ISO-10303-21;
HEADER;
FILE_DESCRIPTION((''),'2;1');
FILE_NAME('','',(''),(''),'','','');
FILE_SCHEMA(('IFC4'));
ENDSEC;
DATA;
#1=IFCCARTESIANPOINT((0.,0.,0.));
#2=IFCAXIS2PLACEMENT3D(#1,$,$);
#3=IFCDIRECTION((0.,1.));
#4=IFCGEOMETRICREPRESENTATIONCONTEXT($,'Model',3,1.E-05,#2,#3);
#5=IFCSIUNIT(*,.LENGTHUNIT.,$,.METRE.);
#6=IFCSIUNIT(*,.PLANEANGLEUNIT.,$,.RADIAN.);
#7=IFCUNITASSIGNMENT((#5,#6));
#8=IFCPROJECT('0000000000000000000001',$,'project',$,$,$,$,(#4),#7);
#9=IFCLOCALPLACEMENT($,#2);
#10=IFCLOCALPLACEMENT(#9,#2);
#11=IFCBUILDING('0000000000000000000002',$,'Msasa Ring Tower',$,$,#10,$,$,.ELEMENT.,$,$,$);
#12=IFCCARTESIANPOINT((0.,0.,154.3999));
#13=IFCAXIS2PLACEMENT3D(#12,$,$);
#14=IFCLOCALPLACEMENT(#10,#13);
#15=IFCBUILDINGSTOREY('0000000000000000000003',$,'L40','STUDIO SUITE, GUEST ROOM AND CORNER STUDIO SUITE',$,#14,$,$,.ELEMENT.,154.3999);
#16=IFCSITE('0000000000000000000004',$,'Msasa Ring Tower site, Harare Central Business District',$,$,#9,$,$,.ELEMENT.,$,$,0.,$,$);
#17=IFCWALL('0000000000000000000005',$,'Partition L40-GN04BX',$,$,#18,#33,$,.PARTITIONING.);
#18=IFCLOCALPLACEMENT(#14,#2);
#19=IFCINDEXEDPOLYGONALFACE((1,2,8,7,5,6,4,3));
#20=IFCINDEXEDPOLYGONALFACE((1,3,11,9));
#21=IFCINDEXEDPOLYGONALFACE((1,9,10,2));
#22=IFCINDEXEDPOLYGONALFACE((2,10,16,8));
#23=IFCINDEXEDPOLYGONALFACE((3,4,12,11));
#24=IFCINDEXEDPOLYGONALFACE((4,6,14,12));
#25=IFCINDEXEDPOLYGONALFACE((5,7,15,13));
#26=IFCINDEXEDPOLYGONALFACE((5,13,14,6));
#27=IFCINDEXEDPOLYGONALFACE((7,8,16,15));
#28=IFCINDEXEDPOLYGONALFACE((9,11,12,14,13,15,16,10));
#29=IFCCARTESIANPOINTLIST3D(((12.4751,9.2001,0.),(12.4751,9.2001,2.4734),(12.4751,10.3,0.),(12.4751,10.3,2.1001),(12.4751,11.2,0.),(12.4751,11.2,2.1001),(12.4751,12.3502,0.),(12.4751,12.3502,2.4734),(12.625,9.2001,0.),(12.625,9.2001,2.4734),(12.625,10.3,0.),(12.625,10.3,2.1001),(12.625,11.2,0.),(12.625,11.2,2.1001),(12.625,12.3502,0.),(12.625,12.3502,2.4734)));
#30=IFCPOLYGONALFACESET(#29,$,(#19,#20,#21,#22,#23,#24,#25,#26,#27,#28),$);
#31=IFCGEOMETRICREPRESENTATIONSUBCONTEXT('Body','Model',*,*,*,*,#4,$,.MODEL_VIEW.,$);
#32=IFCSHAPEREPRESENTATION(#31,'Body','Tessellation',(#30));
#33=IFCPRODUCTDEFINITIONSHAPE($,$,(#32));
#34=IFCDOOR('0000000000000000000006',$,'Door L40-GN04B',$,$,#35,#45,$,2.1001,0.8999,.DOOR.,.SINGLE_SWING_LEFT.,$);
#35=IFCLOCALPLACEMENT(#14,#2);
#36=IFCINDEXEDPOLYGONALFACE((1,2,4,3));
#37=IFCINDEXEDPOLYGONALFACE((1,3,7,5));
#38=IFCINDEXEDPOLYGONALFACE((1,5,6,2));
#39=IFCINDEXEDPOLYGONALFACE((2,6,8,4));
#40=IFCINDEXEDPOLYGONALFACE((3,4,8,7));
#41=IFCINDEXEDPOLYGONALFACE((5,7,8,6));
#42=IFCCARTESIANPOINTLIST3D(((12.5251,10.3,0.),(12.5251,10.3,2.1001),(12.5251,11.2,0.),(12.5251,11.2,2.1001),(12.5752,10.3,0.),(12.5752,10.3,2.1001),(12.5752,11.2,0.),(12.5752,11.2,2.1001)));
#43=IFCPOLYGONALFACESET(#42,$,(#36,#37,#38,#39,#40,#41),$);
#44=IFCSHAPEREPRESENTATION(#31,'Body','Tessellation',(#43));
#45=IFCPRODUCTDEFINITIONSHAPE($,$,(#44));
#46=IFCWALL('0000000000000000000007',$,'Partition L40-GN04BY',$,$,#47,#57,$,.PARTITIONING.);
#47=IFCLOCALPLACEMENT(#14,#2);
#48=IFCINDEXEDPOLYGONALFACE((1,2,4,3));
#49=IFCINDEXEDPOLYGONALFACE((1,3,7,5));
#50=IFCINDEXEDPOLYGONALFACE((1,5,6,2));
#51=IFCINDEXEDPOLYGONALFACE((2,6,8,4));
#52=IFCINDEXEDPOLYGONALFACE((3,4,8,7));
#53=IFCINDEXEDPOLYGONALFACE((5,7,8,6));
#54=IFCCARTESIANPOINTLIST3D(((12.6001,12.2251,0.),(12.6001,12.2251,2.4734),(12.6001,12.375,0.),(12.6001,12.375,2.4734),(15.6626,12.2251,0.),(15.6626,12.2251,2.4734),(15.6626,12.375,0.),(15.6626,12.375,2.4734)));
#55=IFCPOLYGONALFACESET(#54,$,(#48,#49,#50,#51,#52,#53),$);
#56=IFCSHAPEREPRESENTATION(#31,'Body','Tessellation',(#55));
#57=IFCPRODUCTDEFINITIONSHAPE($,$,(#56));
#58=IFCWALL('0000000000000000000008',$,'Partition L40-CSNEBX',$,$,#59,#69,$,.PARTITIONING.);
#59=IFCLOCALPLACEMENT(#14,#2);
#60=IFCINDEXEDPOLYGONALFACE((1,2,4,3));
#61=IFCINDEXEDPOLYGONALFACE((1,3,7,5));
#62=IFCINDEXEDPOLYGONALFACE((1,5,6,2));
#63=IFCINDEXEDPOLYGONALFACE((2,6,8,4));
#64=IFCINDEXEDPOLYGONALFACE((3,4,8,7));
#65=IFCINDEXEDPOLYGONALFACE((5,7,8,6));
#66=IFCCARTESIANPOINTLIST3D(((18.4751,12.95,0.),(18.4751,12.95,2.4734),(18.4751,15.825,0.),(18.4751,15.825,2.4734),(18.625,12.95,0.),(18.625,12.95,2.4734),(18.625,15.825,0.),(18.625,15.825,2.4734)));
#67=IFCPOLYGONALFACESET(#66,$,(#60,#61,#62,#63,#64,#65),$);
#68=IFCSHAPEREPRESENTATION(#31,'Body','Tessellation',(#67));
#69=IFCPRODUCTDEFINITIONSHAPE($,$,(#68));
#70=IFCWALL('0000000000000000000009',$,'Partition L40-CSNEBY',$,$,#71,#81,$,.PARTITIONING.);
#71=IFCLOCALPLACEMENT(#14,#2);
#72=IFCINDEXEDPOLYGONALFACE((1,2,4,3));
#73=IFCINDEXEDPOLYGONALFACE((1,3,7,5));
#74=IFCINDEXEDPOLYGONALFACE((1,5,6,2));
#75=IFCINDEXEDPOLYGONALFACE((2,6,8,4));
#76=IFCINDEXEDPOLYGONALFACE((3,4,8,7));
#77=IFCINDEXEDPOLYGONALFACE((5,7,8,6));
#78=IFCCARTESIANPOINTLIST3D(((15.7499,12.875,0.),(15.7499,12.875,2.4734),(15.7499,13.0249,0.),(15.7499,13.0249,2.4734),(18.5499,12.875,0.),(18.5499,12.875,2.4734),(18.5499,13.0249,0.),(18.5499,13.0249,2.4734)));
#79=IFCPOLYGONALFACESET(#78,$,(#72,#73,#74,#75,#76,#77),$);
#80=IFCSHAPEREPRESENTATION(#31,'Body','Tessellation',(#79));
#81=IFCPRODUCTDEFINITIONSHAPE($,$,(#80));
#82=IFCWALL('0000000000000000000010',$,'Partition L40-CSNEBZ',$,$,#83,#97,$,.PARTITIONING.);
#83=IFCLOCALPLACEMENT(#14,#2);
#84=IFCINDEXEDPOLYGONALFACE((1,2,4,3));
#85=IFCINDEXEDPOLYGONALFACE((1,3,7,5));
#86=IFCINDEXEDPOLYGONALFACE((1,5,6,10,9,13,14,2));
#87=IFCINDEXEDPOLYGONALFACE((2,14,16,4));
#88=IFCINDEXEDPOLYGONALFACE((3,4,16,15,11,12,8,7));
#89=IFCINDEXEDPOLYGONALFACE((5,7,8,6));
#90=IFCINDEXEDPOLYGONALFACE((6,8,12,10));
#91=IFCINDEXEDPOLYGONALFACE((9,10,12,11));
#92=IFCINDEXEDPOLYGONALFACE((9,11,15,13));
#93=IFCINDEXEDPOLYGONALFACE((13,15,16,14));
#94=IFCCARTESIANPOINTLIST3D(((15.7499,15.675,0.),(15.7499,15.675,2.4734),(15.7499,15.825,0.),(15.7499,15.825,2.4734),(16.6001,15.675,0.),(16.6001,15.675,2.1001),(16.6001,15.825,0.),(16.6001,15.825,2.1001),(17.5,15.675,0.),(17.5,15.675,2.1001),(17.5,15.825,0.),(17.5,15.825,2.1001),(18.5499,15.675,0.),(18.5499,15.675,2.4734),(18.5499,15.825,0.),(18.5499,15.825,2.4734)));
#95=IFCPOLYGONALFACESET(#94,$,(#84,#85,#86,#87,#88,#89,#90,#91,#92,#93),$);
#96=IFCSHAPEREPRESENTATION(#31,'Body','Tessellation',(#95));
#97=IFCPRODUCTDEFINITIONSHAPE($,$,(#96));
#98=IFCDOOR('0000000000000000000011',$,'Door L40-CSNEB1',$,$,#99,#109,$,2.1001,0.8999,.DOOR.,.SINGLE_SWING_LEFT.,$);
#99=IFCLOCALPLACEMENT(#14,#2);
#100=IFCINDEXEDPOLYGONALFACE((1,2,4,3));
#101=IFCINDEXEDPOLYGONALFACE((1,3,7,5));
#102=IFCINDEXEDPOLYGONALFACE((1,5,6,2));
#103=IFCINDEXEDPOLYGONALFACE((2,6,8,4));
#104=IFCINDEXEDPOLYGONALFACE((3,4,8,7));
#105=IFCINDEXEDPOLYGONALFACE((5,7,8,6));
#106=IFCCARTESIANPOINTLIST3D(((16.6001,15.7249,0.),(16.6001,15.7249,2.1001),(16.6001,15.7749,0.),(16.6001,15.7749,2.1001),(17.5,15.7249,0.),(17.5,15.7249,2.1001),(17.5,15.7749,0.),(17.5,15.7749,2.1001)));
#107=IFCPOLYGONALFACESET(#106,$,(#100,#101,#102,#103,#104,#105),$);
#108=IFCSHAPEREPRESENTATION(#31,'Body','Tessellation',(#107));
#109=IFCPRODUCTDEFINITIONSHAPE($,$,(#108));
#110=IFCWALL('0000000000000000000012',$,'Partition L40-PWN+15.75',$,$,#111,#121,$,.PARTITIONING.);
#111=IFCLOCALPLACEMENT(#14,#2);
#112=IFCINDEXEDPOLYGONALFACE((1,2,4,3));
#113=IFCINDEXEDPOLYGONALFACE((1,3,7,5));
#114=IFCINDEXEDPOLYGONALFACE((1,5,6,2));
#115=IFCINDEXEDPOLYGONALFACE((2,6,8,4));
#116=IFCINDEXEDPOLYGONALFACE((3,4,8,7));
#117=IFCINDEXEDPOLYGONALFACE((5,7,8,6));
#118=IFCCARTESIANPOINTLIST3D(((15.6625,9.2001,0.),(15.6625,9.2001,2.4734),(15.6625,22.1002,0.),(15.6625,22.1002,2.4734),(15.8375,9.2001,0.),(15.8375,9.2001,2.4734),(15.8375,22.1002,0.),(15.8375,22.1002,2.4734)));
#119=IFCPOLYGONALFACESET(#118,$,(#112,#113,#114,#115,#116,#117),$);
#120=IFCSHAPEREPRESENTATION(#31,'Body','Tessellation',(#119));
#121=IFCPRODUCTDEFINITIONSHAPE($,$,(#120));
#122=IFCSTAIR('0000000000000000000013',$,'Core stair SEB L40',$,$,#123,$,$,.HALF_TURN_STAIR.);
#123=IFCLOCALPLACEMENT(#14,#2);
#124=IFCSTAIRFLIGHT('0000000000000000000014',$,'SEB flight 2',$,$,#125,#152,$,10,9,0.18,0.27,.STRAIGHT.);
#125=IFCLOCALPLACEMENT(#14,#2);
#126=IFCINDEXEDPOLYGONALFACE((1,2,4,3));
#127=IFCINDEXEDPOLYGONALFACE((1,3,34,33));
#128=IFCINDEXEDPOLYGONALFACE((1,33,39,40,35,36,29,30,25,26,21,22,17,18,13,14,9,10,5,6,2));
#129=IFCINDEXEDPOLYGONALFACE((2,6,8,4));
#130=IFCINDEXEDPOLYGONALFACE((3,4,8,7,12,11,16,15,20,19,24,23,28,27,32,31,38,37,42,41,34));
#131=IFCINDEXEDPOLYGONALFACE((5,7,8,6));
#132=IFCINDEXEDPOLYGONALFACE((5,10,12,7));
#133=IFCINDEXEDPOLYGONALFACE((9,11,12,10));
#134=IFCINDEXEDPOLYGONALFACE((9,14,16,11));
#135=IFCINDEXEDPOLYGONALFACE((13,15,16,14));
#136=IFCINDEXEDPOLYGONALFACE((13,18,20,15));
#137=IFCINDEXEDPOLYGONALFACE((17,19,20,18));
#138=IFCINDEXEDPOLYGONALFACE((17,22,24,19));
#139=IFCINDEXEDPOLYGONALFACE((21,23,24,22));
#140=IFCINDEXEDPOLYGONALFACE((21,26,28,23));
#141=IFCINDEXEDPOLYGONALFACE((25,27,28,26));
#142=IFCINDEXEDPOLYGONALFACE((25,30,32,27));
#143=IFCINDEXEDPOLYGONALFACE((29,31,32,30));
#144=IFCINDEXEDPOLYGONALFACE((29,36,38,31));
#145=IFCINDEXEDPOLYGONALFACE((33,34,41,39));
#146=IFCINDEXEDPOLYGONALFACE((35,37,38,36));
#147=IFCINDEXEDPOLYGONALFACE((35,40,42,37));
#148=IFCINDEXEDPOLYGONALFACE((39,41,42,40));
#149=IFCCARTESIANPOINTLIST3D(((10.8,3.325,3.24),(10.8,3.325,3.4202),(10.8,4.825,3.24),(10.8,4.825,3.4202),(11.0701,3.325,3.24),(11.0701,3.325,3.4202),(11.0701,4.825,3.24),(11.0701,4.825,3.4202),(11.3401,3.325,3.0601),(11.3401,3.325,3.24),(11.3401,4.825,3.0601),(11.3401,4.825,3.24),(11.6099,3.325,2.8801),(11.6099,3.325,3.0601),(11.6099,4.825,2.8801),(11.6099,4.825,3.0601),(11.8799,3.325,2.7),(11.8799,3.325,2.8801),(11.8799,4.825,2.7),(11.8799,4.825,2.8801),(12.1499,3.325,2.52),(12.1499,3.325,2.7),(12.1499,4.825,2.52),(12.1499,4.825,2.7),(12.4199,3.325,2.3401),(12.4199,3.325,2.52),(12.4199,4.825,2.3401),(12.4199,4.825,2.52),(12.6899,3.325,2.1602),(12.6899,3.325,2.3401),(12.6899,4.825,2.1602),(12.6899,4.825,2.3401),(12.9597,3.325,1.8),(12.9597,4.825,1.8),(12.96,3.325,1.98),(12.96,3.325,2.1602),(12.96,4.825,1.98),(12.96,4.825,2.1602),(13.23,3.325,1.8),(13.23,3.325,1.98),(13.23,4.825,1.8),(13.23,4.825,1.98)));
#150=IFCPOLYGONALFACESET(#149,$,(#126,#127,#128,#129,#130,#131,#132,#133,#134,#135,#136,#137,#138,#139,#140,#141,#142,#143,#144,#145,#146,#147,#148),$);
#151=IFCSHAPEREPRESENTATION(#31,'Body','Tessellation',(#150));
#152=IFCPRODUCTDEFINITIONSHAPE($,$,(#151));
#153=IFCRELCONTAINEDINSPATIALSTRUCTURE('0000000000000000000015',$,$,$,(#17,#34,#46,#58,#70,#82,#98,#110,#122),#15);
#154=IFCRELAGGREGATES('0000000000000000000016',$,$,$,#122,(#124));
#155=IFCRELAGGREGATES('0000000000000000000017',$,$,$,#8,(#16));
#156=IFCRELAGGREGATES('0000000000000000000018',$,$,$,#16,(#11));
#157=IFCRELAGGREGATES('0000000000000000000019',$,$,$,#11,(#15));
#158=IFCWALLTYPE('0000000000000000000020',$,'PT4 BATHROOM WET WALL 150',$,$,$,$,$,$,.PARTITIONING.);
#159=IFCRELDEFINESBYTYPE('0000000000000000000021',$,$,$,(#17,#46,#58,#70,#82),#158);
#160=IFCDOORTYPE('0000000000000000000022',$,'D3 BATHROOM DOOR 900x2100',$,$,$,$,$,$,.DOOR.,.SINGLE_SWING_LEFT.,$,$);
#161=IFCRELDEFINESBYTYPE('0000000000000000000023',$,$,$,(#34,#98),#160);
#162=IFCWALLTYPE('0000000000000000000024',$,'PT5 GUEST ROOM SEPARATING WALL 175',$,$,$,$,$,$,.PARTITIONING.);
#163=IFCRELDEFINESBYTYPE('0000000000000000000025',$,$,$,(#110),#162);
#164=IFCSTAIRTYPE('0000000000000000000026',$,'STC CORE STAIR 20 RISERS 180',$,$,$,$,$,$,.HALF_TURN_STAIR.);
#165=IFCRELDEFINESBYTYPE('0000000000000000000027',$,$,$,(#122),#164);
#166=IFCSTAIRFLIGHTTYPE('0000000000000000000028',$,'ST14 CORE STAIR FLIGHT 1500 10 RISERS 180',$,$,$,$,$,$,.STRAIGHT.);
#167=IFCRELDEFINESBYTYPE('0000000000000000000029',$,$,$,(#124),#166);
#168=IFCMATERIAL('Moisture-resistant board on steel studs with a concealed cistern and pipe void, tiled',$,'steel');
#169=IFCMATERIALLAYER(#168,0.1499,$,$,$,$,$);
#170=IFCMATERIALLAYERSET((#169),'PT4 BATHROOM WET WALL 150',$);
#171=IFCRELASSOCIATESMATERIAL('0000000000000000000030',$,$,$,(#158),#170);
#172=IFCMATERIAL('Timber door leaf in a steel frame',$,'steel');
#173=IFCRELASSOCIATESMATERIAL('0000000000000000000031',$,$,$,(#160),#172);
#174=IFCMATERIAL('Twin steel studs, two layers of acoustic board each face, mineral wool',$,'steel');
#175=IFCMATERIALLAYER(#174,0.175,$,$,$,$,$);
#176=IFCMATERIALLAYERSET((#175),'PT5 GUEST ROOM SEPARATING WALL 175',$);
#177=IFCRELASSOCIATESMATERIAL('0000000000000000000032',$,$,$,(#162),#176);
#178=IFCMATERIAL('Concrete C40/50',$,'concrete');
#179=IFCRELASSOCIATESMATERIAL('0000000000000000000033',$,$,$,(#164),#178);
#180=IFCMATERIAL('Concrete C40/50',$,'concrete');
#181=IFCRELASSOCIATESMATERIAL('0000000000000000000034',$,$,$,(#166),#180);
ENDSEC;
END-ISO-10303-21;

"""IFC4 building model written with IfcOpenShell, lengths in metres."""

from ifc_helpers import new_model, si_unit, direction, frame, frame_2d, origin, place, context, subcontext, project, spatial, polyline, rectangle, outline, extrude, material, layer, layer_set, type_object, element, fill, aggregate, save


model = new_model("IFC4")

# Units and contexts
model_context = context("Model", 3, precision=1e-05, world=origin(), true_north=direction((0.0, 1.0)))
body_context = subcontext(model_context, "Body", "Model", "MODEL_VIEW")
ifc_project = project(units=[si_unit("LENGTHUNIT", "METRE"), si_unit("PLANEANGLEUNIT", "RADIAN")], contexts=[model_context])

# Site, building, storey
site_placement = place(None, origin())
site = spatial("IfcSite", under=ifc_project, at=site_placement, Name="Msasa Ring Tower site, Harare Central Business District", CompositionType="ELEMENT", RefElevation=0.0)
building_placement = place(site_placement, origin())
building = spatial("IfcBuilding", under=site, at=building_placement, Name="Msasa Ring Tower", CompositionType="ELEMENT")
storey_placement = place(building_placement, frame((0.0, 0.0, 154.3999)))
storey = spatial("IfcBuildingStorey", under=building, at=storey_placement, Name="L40", Description="STUDIO SUITE, GUEST ROOM AND CORNER STUDIO SUITE", CompositionType="ELEMENT", Elevation=154.3999)

# Wall, opening, door
ifc_material_1 = material(Name="Moisture-resistant board on steel studs with a concealed cistern and pipe void, tiled", Category="steel")
ifc_layer_1 = layer(ifc_material_1, 0.1499)
ifc_layer_set_1 = layer_set([ifc_layer_1], Name="PT4 BATHROOM WET WALL 150")
wall_type_1 = type_object("IfcWallType", Name="PT4 BATHROOM WET WALL 150", PredefinedType="PARTITIONING", material=ifc_layer_set_1)
wall_1_placement = place(storey_placement, frame((12.55, 9.2, 0.0), z_axis=(0.0, 0.0, 1.0), x_axis=(0.0, 1.0, 0.0)))
wall_1 = element("IfcWall", 1, at=wall_1_placement, inside=storey, type_object=wall_type_1, Name="Partition L40-GN04BX", PredefinedType="PARTITIONING", context=body_context, shape_type="SweptSolid", body=[
    extrude(rectangle(XDim=3.1501, YDim=0.1499, at=frame_2d((1.5752, 0.0))), origin(), (0.0, 0.0, 1.0), 2.4734),
])
opening_1_placement = place(wall_1_placement, frame((1.1001, 0.0, 0.0)))
opening_1 = element("IfcOpeningElement", 2, at=opening_1_placement, cuts=wall_1, PredefinedType="OPENING", context=body_context, shape_type="SweptSolid", body=[
    extrude(rectangle(XDim=0.8999, YDim=2.1001, at=frame_2d((0.45, 1.05))), frame((0.0, 0.085, 0.0), z_axis=(0.0, -1.0, 0.0), x_axis=(1.0, 0.0, 0.0)), (0.0, 0.0, 1.0), 0.1699),
])
ifc_material_2 = material(Name="Timber door leaf in a steel frame", Category="steel")
door_type_1 = type_object("IfcDoorType", Name="D3 BATHROOM DOOR 900x2100", OperationType="SINGLE_SWING_LEFT", PredefinedType="DOOR", material=ifc_material_2)
door_1_placement = place(opening_1_placement, origin())
door_1 = element("IfcDoor", 3, at=door_1_placement, inside=storey, type_object=door_type_1, Name="Door L40-GN04B", OperationType="SINGLE_SWING_LEFT", OverallHeight=2.1001, OverallWidth=0.8999, PredefinedType="DOOR", context=body_context, shape_type="SweptSolid", body=[
    extrude(rectangle(XDim=0.8999, YDim=2.1001, at=frame_2d((0.45, 1.05))), frame((0.0, 0.0249, 0.0), z_axis=(0.0, -1.0, 0.0), x_axis=(1.0, 0.0, 0.0)), (0.0, 0.0, 1.0), 0.05),
])
fill(opening_1, door_1)

# Walls
wall_2_placement = place(storey_placement, frame((12.6001, 12.3, 0.0), z_axis=(0.0, 0.0, 1.0), x_axis=(1.0, 0.0, 0.0)))
element("IfcWall", 4, at=wall_2_placement, inside=storey, type_object=wall_type_1, Name="Partition L40-GN04BY", PredefinedType="PARTITIONING", context=body_context, shape_type="SweptSolid", body=[
    extrude(rectangle(XDim=3.0625, YDim=0.1499, at=frame_2d((1.5312, 0.0))), origin(), (0.0, 0.0, 1.0), 2.4734),
])
wall_3_placement = place(storey_placement, frame((18.55, 12.95, 0.0), z_axis=(0.0, 0.0, 1.0), x_axis=(0.0, 1.0, 0.0)))
element("IfcWall", 5, at=wall_3_placement, inside=storey, type_object=wall_type_1, Name="Partition L40-CSNEBX", PredefinedType="PARTITIONING", context=body_context, shape_type="SweptSolid", body=[
    extrude(rectangle(XDim=2.875, YDim=0.1499, at=frame_2d((1.4375, 0.0))), origin(), (0.0, 0.0, 1.0), 2.4734),
])
wall_4_placement = place(storey_placement, frame((15.75, 12.95, 0.0), z_axis=(0.0, 0.0, 1.0), x_axis=(1.0, 0.0, 0.0)))
element("IfcWall", 6, at=wall_4_placement, inside=storey, type_object=wall_type_1, Name="Partition L40-CSNEBY", PredefinedType="PARTITIONING", context=body_context, shape_type="SweptSolid", body=[
    extrude(rectangle(XDim=2.8, YDim=0.1499, at=frame_2d((1.3999, 0.0))), origin(), (0.0, 0.0, 1.0), 2.4734),
])

# Wall, opening, door
wall_5_placement = place(storey_placement, frame((15.75, 15.75, 0.0), z_axis=(0.0, 0.0, 1.0), x_axis=(1.0, 0.0, 0.0)))
wall_5 = element("IfcWall", 7, at=wall_5_placement, inside=storey, type_object=wall_type_1, Name="Partition L40-CSNEBZ", PredefinedType="PARTITIONING", context=body_context, shape_type="SweptSolid", body=[
    extrude(rectangle(XDim=2.8, YDim=0.1499, at=frame_2d((1.3999, 0.0))), origin(), (0.0, 0.0, 1.0), 2.4734),
])
opening_2_placement = place(wall_5_placement, frame((0.8501, 0.0, 0.0)))
opening_2 = element("IfcOpeningElement", 8, at=opening_2_placement, cuts=wall_5, PredefinedType="OPENING", context=body_context, shape_type="SweptSolid", body=[
    extrude(rectangle(XDim=0.8999, YDim=2.1001, at=frame_2d((0.45, 1.05))), frame((0.0, 0.085, 0.0), z_axis=(0.0, -1.0, 0.0), x_axis=(1.0, 0.0, 0.0)), (0.0, 0.0, 1.0), 0.1699),
])
door_2_placement = place(opening_2_placement, origin())
door_2 = element("IfcDoor", 9, at=door_2_placement, inside=storey, type_object=door_type_1, Name="Door L40-CSNEB1", OperationType="SINGLE_SWING_LEFT", OverallHeight=2.1001, OverallWidth=0.8999, PredefinedType="DOOR", context=body_context, shape_type="SweptSolid", body=[
    extrude(rectangle(XDim=0.8999, YDim=2.1001, at=frame_2d((0.45, 1.05))), frame((0.0, 0.0249, 0.0), z_axis=(0.0, -1.0, 0.0), x_axis=(1.0, 0.0, 0.0)), (0.0, 0.0, 1.0), 0.05),
])
fill(opening_2, door_2)

# Wall
ifc_material_3 = material(Name="Twin steel studs, two layers of acoustic board each face, mineral wool", Category="steel")
ifc_layer_2 = layer(ifc_material_3, 0.175)
ifc_layer_set_2 = layer_set([ifc_layer_2], Name="PT5 GUEST ROOM SEPARATING WALL 175")
wall_type_2 = type_object("IfcWallType", Name="PT5 GUEST ROOM SEPARATING WALL 175", PredefinedType="PARTITIONING", material=ifc_layer_set_2)
wall_6_placement = place(storey_placement, frame((15.75, 9.2, 0.0), z_axis=(0.0, 0.0, 1.0), x_axis=(0.0, 1.0, 0.0)))
element("IfcWall", 10, at=wall_6_placement, inside=storey, type_object=wall_type_2, Name="Partition L40-PWN+15.75", PredefinedType="PARTITIONING", context=body_context, shape_type="SweptSolid", body=[
    extrude(rectangle(XDim=12.9001, YDim=0.175, at=frame_2d((6.4502, 0.0))), origin(), (0.0, 0.0, 1.0), 2.4734),
])

# Stair, stair flight
ifc_material_4 = material(Name="Concrete C40/50", Category="concrete")
stair_type = type_object("IfcStairType", Name="STC CORE STAIR 20 RISERS 180", PredefinedType="HALF_TURN_STAIR", material=ifc_material_4)
stair_placement = place(storey_placement, origin())
stair = element("IfcStair", 11, at=stair_placement, inside=storey, type_object=stair_type, Name="Core stair SEB L40", PredefinedType="HALF_TURN_STAIR")
ifc_material_5 = material(Name="Concrete C40/50", Category="concrete")
stair_flight_type = type_object("IfcStairFlightType", Name="ST14 CORE STAIR FLIGHT 1500 10 RISERS 180", PredefinedType="STRAIGHT", material=ifc_material_5)
stair_flight_placement = place(storey_placement, frame((13.23, 4.075, 1.8), z_axis=(0.0, 0.0, 1.0), x_axis=(-1.0, 0.0, 0.0)))
stair_flight = element("IfcStairFlight", 12, at=stair_flight_placement, type_object=stair_flight_type, Name="SEB flight 2", NumberOfRisers=10, NumberOfTreads=9, PredefinedType="STRAIGHT", RiserHeight=0.18, TreadLength=0.27, context=body_context, shape_type="SweptSolid", body=[
    extrude(outline(polyline([(0.0, 0.0), (0.0, 0.1799), (0.27, 0.1799), (0.27, 0.3601), (0.54, 0.3601), (0.54, 0.54), (0.8101, 0.54), (0.8101, 0.72), (1.0801, 0.72), (1.0801, 0.8999), (1.3501, 0.8999), (1.3501, 1.0801), (1.6201, 1.0801), (1.6201, 1.26), (1.8899, 1.26), (1.8899, 1.4399), (2.1599, 1.4399), (2.1599, 1.6201), (2.4299, 1.6201), (2.4299, 1.8), (2.4299, 1.4399), (0.2703, 0.0), (0.0, 0.0)])), frame((0.0, 0.75, 0.0), z_axis=(0.0, -1.0, 0.0), x_axis=(1.0, 0.0, 0.0)), (0.0, 0.0, 1.0), 1.5),
])
aggregate(stair, [stair_flight])

save(model, "model.ifc")
